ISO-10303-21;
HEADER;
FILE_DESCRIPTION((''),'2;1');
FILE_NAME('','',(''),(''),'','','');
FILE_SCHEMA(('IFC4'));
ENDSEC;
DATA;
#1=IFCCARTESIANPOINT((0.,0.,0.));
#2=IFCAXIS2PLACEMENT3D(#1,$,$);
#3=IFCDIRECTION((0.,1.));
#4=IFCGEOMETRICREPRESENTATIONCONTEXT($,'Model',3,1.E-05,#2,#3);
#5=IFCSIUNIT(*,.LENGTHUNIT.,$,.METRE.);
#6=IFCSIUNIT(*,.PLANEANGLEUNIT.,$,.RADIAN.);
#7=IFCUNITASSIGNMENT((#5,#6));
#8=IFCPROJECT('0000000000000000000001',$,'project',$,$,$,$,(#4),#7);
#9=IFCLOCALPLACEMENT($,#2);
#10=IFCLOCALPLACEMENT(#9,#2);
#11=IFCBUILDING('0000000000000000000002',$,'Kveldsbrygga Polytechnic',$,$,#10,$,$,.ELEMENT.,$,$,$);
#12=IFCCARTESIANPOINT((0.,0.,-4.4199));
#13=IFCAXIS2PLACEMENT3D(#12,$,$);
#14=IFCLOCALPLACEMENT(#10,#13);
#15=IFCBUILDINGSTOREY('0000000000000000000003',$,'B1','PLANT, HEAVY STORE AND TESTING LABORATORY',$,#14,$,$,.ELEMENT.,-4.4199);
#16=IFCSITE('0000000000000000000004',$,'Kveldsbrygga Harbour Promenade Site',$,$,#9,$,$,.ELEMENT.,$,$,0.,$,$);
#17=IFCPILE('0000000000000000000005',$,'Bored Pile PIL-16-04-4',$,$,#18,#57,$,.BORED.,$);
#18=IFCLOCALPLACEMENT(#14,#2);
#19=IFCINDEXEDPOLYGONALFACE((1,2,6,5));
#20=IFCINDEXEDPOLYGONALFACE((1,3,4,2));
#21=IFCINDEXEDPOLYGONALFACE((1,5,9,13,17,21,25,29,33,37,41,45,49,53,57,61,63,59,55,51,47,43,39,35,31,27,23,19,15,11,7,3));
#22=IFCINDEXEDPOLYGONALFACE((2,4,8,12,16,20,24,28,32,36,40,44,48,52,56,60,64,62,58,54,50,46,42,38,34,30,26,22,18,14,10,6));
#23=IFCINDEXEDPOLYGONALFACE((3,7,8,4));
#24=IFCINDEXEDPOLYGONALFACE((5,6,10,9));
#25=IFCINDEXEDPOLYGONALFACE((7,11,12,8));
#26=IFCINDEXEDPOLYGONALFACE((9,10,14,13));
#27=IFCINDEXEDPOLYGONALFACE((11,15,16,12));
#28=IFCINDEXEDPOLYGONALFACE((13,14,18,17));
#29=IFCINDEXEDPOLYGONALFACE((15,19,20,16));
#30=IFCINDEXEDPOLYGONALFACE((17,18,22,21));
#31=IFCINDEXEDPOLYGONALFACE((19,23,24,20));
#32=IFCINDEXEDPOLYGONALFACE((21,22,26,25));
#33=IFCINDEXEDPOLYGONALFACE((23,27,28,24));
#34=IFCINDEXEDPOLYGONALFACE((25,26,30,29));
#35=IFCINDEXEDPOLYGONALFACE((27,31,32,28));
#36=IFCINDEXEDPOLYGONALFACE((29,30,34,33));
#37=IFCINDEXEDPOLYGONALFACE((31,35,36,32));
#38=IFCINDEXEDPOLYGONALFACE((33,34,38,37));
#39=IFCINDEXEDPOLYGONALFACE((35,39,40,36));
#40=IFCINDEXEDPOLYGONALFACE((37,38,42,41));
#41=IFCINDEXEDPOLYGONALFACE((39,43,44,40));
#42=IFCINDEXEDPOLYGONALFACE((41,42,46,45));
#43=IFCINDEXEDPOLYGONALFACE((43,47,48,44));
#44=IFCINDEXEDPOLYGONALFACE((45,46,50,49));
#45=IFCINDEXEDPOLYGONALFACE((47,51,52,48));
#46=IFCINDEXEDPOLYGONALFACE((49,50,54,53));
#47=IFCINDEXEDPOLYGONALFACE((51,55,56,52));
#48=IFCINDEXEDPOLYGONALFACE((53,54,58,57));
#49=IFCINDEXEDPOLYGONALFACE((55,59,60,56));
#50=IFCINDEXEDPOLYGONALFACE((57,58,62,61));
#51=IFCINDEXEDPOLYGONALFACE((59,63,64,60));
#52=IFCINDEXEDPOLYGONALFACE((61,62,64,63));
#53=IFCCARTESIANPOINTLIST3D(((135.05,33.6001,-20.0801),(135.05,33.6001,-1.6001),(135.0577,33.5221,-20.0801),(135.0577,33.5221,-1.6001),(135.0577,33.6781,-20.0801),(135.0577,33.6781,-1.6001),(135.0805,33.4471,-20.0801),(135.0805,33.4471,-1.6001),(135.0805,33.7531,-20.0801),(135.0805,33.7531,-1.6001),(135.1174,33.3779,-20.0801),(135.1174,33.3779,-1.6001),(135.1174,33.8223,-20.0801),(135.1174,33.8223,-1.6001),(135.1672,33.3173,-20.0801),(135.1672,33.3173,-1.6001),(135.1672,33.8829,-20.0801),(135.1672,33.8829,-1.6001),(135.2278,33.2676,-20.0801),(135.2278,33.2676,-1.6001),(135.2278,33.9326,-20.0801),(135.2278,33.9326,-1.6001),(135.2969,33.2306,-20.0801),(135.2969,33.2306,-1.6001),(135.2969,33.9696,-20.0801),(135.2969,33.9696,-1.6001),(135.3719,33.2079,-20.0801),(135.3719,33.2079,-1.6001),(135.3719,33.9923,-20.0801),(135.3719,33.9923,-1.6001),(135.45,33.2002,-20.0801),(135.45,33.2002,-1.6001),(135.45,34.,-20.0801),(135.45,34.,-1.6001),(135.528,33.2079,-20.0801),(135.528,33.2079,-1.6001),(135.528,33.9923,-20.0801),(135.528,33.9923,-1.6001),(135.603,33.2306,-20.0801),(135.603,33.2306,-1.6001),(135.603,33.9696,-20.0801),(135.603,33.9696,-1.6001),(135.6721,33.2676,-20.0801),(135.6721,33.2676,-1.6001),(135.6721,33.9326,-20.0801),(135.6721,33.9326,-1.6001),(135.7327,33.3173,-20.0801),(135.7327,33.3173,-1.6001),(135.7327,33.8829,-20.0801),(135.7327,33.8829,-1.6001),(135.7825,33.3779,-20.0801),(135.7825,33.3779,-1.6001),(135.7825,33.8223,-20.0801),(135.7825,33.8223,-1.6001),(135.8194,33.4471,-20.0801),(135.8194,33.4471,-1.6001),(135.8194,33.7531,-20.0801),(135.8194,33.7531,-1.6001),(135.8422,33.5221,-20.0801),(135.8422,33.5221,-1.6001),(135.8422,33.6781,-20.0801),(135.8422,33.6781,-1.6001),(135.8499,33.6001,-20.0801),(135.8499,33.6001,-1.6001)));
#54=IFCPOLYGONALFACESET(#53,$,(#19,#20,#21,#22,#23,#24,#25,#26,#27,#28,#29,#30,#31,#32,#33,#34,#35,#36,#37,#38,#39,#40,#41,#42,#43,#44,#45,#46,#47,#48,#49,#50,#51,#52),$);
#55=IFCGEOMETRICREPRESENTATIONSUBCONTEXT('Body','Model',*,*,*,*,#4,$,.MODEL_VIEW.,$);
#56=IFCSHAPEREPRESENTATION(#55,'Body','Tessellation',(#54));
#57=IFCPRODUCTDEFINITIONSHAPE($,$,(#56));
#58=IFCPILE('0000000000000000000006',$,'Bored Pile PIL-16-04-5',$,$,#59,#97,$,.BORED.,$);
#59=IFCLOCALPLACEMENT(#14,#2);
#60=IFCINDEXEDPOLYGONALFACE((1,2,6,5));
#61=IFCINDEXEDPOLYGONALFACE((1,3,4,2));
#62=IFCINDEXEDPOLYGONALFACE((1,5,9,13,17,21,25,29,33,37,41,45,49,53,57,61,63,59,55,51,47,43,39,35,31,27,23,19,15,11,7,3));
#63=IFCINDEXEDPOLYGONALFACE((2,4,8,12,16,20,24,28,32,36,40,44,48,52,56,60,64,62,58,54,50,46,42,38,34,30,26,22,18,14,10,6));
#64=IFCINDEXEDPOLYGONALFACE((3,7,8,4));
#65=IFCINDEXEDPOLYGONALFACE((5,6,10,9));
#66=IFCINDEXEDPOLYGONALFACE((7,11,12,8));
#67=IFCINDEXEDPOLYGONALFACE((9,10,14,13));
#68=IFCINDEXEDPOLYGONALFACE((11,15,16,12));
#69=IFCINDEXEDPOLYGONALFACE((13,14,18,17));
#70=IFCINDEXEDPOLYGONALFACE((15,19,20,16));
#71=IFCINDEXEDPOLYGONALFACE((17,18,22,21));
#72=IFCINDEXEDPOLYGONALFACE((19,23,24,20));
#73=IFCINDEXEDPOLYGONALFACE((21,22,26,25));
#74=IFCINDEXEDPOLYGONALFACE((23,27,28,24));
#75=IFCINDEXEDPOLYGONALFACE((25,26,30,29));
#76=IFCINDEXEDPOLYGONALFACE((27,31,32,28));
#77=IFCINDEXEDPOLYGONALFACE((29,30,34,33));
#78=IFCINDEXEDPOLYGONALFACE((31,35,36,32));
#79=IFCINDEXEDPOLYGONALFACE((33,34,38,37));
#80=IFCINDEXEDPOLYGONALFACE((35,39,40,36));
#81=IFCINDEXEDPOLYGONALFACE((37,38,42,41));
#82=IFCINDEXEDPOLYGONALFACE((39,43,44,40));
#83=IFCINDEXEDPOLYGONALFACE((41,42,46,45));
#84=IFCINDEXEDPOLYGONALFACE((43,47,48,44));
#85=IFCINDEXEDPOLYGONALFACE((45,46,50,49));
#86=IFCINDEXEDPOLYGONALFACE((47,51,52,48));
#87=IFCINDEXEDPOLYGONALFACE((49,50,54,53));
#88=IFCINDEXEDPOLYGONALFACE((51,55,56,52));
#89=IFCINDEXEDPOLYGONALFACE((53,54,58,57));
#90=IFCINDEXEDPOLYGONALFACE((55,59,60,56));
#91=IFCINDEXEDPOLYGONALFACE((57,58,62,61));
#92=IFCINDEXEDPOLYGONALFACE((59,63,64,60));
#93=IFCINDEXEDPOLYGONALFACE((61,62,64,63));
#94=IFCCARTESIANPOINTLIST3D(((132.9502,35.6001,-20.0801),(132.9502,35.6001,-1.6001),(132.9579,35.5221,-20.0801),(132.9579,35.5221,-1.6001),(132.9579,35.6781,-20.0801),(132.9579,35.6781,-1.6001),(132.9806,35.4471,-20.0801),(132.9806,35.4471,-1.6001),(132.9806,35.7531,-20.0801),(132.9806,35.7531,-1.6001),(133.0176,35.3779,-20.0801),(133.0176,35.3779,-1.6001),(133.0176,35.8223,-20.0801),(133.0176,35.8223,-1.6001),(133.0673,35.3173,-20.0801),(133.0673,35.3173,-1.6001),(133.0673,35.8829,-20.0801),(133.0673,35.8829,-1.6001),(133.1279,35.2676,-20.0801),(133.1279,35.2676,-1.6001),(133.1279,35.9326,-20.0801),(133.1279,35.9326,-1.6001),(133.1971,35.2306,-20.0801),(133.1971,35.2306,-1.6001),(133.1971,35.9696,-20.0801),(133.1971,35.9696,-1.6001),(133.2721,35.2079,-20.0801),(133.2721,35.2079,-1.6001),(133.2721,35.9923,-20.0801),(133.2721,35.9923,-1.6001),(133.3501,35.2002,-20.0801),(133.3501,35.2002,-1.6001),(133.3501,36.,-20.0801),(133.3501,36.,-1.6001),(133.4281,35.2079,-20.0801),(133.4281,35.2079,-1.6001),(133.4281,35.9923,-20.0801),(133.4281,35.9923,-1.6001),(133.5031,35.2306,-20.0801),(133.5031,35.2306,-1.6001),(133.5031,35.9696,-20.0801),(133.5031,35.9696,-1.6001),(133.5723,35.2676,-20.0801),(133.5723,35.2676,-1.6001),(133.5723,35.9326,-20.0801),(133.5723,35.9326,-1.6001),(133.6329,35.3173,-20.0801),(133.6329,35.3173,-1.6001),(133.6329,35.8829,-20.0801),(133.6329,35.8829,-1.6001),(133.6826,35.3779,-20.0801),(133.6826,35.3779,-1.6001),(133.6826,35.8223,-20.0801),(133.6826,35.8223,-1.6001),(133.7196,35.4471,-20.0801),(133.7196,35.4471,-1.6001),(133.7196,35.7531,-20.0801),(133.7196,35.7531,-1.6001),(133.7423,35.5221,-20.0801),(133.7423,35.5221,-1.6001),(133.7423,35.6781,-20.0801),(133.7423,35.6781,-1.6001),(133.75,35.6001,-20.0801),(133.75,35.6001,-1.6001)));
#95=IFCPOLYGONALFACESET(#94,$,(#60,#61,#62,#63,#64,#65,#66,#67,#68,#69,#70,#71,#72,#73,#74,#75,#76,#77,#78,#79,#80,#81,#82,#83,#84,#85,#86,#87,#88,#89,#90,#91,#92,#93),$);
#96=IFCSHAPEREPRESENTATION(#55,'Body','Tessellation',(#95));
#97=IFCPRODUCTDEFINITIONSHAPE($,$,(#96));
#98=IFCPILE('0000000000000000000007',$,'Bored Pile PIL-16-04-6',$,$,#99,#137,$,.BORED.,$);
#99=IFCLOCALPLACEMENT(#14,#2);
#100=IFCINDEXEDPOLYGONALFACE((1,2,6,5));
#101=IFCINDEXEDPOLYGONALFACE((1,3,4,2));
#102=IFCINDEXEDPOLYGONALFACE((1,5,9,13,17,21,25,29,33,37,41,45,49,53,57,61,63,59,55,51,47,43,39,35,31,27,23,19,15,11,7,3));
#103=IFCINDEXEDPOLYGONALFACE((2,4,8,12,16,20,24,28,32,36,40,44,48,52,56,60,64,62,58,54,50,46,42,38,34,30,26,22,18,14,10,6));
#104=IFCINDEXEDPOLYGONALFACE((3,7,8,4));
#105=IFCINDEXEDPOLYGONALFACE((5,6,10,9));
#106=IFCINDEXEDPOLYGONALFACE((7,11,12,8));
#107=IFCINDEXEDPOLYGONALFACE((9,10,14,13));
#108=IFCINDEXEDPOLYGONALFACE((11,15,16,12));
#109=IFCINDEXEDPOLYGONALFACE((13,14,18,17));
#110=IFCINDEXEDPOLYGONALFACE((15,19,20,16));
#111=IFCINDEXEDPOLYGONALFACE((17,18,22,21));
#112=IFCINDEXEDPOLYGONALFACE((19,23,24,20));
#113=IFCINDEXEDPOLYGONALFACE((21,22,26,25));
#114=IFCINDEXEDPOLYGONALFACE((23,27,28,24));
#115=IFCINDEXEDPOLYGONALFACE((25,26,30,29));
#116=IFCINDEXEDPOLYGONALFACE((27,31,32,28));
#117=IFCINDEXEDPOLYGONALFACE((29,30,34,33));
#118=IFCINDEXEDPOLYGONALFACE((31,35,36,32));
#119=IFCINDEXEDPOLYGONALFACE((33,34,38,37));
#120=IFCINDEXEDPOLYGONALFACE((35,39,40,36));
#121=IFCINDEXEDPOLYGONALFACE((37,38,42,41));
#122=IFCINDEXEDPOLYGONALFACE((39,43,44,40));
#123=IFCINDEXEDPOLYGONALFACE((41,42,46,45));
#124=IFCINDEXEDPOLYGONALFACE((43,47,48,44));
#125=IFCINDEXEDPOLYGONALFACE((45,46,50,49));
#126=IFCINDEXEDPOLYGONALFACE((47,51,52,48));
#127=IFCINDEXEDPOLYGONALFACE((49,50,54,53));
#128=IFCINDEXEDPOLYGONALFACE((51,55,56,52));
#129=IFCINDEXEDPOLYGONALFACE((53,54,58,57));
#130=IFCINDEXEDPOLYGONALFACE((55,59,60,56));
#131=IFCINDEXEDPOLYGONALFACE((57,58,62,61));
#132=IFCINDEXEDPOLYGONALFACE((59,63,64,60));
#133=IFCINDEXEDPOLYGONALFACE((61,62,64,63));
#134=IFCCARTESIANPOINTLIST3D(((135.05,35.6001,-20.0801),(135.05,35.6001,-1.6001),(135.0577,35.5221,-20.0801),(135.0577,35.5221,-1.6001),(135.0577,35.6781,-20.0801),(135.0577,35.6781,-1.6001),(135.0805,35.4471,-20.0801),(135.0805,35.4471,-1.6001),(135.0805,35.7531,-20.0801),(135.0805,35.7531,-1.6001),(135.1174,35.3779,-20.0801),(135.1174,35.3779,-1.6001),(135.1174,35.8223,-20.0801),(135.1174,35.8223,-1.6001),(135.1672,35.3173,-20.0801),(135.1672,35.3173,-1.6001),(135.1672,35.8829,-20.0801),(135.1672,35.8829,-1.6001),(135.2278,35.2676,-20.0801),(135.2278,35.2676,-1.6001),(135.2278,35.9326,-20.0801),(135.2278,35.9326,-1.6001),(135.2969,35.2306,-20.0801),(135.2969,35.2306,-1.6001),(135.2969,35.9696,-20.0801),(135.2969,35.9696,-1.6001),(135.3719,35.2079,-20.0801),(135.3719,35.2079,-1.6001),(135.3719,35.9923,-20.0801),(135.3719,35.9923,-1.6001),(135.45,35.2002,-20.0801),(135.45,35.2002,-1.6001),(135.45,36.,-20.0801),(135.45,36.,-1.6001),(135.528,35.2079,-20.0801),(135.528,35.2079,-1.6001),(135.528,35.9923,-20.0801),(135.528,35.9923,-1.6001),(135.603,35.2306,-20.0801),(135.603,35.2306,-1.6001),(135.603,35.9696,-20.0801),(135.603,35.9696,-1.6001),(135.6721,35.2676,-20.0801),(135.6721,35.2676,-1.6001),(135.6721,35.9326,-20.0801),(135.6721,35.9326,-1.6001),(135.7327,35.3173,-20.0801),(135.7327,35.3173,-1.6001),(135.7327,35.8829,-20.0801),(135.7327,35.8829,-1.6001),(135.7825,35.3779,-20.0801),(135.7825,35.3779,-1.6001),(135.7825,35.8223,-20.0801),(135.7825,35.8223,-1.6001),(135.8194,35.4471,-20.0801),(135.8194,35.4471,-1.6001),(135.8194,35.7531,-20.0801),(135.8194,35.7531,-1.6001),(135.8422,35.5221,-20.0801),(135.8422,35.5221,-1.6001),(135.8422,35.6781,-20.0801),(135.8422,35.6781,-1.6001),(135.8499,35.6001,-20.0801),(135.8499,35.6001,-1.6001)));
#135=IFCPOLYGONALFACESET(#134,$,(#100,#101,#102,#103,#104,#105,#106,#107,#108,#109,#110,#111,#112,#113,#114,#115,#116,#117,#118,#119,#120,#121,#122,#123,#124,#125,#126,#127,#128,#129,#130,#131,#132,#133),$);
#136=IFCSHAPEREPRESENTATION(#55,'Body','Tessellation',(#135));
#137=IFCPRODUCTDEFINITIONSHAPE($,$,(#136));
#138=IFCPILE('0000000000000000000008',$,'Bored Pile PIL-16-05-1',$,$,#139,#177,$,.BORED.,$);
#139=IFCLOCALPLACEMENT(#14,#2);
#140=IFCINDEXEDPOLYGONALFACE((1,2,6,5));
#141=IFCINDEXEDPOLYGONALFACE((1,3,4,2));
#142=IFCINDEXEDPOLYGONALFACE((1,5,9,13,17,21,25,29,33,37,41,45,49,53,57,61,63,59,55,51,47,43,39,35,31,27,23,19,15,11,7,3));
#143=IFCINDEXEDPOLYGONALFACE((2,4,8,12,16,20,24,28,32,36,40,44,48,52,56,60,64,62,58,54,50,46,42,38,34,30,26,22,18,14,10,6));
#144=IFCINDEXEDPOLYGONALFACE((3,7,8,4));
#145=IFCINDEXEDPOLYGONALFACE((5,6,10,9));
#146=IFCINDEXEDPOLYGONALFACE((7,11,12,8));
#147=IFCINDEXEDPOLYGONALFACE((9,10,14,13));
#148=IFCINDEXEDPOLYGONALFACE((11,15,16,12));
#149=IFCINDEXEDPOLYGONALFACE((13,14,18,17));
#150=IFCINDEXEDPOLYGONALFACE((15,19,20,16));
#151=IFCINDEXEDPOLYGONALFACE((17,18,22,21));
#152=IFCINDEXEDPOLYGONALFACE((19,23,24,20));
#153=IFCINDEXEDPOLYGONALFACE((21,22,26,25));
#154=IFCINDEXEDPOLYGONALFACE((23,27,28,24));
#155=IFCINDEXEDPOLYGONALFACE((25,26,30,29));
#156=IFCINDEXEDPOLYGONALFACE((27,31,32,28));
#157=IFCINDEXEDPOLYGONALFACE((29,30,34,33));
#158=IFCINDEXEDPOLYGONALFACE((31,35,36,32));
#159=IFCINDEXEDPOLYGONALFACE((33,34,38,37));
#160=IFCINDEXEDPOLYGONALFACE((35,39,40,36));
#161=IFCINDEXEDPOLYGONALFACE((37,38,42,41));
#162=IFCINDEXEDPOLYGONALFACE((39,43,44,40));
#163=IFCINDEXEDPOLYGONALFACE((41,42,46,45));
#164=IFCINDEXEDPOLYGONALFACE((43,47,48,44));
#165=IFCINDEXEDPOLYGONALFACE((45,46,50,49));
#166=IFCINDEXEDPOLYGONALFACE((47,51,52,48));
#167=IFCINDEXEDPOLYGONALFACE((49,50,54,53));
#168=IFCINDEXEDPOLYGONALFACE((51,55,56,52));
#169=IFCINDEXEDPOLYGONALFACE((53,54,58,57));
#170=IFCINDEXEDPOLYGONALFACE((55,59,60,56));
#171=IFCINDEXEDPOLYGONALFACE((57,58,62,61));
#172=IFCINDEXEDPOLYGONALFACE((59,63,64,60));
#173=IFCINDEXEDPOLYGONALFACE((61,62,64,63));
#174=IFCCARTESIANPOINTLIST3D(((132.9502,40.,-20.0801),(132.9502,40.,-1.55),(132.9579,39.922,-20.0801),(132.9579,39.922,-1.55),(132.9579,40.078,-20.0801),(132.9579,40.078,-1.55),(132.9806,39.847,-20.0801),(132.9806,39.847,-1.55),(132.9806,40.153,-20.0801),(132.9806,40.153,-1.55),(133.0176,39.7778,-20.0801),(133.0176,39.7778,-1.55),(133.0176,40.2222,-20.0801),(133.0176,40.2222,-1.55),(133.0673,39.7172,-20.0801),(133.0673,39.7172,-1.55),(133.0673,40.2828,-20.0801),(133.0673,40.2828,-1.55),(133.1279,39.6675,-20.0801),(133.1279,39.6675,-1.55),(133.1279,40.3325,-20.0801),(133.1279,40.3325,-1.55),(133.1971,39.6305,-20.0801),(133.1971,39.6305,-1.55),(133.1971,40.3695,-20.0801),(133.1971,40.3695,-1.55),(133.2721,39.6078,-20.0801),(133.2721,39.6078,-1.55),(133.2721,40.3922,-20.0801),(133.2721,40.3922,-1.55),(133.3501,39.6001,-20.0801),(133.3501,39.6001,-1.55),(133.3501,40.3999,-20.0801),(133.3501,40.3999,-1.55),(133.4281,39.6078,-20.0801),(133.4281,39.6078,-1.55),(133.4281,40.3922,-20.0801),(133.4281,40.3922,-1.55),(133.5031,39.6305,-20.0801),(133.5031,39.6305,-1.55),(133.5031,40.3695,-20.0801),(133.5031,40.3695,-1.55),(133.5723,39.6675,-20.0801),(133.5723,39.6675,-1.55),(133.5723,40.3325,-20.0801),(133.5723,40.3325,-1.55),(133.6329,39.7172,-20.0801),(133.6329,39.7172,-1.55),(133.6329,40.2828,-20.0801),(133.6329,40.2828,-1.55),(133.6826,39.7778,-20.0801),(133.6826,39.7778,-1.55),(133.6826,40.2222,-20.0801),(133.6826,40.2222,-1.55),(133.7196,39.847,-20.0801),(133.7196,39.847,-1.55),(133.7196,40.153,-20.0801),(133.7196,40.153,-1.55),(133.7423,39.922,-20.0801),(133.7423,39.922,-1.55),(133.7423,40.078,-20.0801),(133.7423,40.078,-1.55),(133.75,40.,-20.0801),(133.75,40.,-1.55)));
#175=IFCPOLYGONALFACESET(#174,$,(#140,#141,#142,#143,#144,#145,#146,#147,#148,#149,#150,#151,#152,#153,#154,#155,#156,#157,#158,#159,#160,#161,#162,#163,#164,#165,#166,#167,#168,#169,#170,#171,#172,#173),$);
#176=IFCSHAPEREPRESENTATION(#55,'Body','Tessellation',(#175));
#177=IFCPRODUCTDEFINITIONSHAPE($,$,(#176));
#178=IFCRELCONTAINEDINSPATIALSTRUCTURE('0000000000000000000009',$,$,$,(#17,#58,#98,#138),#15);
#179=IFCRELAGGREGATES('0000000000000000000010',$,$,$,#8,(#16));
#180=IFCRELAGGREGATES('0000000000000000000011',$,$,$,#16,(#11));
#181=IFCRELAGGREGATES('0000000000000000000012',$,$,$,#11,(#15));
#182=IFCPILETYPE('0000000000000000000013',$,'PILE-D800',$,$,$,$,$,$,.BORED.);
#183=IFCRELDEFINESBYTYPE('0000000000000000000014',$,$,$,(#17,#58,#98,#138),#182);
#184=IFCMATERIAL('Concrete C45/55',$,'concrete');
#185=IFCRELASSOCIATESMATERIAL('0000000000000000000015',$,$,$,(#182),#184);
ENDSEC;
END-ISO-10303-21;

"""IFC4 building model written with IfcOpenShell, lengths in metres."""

from ifc_helpers import new_model, si_unit, direction, frame, origin, origin_2d, place, context, subcontext, project, spatial, circle, extrude, material, material_profile, profile_set, type_object, element, save


model = new_model("IFC4")

# Units and contexts
model_context = context("Model", 3, precision=1e-05, world=origin(), true_north=direction((0.0, 1.0)))
body_context = subcontext(model_context, "Body", "Model", "MODEL_VIEW")
ifc_project = project(units=[si_unit("LENGTHUNIT", "METRE"), si_unit("PLANEANGLEUNIT", "RADIAN")], contexts=[model_context])

# Site, building, storey
site_placement = place(None, origin())
site = spatial("IfcSite", under=ifc_project, at=site_placement, Name="Kveldsbrygga Harbour Promenade Site", CompositionType="ELEMENT", RefElevation=0.0)
building_placement = place(site_placement, origin())
building = spatial("IfcBuilding", under=site, at=building_placement, Name="Kveldsbrygga Polytechnic", CompositionType="ELEMENT")
storey_placement = place(building_placement, frame((0.0, 0.0, -4.4199)))
storey = spatial("IfcBuildingStorey", under=building, at=storey_placement, Name="B1", Description="PLANT, HEAVY STORE AND TESTING LABORATORY", CompositionType="ELEMENT", Elevation=-4.4199)

# Shared definitions
ifc_material_1 = material(Name="Concrete C45/55", Category="concrete")

# Piles
ifc_material_profile_1 = material_profile(ifc_material_1, circle(Radius=0.3999, at=origin_2d()), Name="PILE D800")
ifc_profile_set_1 = profile_set([ifc_material_profile_1], Name="Concrete C45/55")
pile_type = type_object("IfcPileType", Name="PILE-D800", PredefinedType="BORED", material=ifc_profile_set_1)
for number, where, z_axis, x_axis, name in (
    (1, (135.45, 33.6001, -1.6001), (0.0, 0.0, -1.0), (1.0, 0.0, 0.0), "Bored Pile PIL-16-04-4"),
    (2, (133.3501, 35.6001, -1.6001), (0.0, 0.0, -1.0), (1.0, 0.0, 0.0), "Bored Pile PIL-16-04-5"),
    (3, (135.45, 35.6001, -1.6001), (0.0, 0.0, -1.0), (1.0, 0.0, 0.0), "Bored Pile PIL-16-04-6"),
):
    element("IfcPile", number, at=place(storey_placement, frame(where, z_axis=z_axis, x_axis=x_axis)), inside=storey, type_object=pile_type, Name=name, PredefinedType="BORED", context=body_context, shape_type="SweptSolid", body=[
        extrude(circle(Radius=0.3999, at=origin_2d()), origin(), (0.0, 0.0, 1.0), 18.48),
    ])
for number, where, z_axis, x_axis, name in (
    (4, (133.3501, 40.0, -1.55), (0.0, 0.0, -1.0), (1.0, 0.0, 0.0), "Bored Pile PIL-16-05-1"),
):
    element("IfcPile", number, at=place(storey_placement, frame(where, z_axis=z_axis, x_axis=x_axis)), inside=storey, type_object=pile_type, Name=name, PredefinedType="BORED", context=body_context, shape_type="SweptSolid", body=[
        extrude(circle(Radius=0.3999, at=origin_2d()), origin(), (0.0, 0.0, 1.0), 18.53),
    ])

save(model, "model.ifc")
